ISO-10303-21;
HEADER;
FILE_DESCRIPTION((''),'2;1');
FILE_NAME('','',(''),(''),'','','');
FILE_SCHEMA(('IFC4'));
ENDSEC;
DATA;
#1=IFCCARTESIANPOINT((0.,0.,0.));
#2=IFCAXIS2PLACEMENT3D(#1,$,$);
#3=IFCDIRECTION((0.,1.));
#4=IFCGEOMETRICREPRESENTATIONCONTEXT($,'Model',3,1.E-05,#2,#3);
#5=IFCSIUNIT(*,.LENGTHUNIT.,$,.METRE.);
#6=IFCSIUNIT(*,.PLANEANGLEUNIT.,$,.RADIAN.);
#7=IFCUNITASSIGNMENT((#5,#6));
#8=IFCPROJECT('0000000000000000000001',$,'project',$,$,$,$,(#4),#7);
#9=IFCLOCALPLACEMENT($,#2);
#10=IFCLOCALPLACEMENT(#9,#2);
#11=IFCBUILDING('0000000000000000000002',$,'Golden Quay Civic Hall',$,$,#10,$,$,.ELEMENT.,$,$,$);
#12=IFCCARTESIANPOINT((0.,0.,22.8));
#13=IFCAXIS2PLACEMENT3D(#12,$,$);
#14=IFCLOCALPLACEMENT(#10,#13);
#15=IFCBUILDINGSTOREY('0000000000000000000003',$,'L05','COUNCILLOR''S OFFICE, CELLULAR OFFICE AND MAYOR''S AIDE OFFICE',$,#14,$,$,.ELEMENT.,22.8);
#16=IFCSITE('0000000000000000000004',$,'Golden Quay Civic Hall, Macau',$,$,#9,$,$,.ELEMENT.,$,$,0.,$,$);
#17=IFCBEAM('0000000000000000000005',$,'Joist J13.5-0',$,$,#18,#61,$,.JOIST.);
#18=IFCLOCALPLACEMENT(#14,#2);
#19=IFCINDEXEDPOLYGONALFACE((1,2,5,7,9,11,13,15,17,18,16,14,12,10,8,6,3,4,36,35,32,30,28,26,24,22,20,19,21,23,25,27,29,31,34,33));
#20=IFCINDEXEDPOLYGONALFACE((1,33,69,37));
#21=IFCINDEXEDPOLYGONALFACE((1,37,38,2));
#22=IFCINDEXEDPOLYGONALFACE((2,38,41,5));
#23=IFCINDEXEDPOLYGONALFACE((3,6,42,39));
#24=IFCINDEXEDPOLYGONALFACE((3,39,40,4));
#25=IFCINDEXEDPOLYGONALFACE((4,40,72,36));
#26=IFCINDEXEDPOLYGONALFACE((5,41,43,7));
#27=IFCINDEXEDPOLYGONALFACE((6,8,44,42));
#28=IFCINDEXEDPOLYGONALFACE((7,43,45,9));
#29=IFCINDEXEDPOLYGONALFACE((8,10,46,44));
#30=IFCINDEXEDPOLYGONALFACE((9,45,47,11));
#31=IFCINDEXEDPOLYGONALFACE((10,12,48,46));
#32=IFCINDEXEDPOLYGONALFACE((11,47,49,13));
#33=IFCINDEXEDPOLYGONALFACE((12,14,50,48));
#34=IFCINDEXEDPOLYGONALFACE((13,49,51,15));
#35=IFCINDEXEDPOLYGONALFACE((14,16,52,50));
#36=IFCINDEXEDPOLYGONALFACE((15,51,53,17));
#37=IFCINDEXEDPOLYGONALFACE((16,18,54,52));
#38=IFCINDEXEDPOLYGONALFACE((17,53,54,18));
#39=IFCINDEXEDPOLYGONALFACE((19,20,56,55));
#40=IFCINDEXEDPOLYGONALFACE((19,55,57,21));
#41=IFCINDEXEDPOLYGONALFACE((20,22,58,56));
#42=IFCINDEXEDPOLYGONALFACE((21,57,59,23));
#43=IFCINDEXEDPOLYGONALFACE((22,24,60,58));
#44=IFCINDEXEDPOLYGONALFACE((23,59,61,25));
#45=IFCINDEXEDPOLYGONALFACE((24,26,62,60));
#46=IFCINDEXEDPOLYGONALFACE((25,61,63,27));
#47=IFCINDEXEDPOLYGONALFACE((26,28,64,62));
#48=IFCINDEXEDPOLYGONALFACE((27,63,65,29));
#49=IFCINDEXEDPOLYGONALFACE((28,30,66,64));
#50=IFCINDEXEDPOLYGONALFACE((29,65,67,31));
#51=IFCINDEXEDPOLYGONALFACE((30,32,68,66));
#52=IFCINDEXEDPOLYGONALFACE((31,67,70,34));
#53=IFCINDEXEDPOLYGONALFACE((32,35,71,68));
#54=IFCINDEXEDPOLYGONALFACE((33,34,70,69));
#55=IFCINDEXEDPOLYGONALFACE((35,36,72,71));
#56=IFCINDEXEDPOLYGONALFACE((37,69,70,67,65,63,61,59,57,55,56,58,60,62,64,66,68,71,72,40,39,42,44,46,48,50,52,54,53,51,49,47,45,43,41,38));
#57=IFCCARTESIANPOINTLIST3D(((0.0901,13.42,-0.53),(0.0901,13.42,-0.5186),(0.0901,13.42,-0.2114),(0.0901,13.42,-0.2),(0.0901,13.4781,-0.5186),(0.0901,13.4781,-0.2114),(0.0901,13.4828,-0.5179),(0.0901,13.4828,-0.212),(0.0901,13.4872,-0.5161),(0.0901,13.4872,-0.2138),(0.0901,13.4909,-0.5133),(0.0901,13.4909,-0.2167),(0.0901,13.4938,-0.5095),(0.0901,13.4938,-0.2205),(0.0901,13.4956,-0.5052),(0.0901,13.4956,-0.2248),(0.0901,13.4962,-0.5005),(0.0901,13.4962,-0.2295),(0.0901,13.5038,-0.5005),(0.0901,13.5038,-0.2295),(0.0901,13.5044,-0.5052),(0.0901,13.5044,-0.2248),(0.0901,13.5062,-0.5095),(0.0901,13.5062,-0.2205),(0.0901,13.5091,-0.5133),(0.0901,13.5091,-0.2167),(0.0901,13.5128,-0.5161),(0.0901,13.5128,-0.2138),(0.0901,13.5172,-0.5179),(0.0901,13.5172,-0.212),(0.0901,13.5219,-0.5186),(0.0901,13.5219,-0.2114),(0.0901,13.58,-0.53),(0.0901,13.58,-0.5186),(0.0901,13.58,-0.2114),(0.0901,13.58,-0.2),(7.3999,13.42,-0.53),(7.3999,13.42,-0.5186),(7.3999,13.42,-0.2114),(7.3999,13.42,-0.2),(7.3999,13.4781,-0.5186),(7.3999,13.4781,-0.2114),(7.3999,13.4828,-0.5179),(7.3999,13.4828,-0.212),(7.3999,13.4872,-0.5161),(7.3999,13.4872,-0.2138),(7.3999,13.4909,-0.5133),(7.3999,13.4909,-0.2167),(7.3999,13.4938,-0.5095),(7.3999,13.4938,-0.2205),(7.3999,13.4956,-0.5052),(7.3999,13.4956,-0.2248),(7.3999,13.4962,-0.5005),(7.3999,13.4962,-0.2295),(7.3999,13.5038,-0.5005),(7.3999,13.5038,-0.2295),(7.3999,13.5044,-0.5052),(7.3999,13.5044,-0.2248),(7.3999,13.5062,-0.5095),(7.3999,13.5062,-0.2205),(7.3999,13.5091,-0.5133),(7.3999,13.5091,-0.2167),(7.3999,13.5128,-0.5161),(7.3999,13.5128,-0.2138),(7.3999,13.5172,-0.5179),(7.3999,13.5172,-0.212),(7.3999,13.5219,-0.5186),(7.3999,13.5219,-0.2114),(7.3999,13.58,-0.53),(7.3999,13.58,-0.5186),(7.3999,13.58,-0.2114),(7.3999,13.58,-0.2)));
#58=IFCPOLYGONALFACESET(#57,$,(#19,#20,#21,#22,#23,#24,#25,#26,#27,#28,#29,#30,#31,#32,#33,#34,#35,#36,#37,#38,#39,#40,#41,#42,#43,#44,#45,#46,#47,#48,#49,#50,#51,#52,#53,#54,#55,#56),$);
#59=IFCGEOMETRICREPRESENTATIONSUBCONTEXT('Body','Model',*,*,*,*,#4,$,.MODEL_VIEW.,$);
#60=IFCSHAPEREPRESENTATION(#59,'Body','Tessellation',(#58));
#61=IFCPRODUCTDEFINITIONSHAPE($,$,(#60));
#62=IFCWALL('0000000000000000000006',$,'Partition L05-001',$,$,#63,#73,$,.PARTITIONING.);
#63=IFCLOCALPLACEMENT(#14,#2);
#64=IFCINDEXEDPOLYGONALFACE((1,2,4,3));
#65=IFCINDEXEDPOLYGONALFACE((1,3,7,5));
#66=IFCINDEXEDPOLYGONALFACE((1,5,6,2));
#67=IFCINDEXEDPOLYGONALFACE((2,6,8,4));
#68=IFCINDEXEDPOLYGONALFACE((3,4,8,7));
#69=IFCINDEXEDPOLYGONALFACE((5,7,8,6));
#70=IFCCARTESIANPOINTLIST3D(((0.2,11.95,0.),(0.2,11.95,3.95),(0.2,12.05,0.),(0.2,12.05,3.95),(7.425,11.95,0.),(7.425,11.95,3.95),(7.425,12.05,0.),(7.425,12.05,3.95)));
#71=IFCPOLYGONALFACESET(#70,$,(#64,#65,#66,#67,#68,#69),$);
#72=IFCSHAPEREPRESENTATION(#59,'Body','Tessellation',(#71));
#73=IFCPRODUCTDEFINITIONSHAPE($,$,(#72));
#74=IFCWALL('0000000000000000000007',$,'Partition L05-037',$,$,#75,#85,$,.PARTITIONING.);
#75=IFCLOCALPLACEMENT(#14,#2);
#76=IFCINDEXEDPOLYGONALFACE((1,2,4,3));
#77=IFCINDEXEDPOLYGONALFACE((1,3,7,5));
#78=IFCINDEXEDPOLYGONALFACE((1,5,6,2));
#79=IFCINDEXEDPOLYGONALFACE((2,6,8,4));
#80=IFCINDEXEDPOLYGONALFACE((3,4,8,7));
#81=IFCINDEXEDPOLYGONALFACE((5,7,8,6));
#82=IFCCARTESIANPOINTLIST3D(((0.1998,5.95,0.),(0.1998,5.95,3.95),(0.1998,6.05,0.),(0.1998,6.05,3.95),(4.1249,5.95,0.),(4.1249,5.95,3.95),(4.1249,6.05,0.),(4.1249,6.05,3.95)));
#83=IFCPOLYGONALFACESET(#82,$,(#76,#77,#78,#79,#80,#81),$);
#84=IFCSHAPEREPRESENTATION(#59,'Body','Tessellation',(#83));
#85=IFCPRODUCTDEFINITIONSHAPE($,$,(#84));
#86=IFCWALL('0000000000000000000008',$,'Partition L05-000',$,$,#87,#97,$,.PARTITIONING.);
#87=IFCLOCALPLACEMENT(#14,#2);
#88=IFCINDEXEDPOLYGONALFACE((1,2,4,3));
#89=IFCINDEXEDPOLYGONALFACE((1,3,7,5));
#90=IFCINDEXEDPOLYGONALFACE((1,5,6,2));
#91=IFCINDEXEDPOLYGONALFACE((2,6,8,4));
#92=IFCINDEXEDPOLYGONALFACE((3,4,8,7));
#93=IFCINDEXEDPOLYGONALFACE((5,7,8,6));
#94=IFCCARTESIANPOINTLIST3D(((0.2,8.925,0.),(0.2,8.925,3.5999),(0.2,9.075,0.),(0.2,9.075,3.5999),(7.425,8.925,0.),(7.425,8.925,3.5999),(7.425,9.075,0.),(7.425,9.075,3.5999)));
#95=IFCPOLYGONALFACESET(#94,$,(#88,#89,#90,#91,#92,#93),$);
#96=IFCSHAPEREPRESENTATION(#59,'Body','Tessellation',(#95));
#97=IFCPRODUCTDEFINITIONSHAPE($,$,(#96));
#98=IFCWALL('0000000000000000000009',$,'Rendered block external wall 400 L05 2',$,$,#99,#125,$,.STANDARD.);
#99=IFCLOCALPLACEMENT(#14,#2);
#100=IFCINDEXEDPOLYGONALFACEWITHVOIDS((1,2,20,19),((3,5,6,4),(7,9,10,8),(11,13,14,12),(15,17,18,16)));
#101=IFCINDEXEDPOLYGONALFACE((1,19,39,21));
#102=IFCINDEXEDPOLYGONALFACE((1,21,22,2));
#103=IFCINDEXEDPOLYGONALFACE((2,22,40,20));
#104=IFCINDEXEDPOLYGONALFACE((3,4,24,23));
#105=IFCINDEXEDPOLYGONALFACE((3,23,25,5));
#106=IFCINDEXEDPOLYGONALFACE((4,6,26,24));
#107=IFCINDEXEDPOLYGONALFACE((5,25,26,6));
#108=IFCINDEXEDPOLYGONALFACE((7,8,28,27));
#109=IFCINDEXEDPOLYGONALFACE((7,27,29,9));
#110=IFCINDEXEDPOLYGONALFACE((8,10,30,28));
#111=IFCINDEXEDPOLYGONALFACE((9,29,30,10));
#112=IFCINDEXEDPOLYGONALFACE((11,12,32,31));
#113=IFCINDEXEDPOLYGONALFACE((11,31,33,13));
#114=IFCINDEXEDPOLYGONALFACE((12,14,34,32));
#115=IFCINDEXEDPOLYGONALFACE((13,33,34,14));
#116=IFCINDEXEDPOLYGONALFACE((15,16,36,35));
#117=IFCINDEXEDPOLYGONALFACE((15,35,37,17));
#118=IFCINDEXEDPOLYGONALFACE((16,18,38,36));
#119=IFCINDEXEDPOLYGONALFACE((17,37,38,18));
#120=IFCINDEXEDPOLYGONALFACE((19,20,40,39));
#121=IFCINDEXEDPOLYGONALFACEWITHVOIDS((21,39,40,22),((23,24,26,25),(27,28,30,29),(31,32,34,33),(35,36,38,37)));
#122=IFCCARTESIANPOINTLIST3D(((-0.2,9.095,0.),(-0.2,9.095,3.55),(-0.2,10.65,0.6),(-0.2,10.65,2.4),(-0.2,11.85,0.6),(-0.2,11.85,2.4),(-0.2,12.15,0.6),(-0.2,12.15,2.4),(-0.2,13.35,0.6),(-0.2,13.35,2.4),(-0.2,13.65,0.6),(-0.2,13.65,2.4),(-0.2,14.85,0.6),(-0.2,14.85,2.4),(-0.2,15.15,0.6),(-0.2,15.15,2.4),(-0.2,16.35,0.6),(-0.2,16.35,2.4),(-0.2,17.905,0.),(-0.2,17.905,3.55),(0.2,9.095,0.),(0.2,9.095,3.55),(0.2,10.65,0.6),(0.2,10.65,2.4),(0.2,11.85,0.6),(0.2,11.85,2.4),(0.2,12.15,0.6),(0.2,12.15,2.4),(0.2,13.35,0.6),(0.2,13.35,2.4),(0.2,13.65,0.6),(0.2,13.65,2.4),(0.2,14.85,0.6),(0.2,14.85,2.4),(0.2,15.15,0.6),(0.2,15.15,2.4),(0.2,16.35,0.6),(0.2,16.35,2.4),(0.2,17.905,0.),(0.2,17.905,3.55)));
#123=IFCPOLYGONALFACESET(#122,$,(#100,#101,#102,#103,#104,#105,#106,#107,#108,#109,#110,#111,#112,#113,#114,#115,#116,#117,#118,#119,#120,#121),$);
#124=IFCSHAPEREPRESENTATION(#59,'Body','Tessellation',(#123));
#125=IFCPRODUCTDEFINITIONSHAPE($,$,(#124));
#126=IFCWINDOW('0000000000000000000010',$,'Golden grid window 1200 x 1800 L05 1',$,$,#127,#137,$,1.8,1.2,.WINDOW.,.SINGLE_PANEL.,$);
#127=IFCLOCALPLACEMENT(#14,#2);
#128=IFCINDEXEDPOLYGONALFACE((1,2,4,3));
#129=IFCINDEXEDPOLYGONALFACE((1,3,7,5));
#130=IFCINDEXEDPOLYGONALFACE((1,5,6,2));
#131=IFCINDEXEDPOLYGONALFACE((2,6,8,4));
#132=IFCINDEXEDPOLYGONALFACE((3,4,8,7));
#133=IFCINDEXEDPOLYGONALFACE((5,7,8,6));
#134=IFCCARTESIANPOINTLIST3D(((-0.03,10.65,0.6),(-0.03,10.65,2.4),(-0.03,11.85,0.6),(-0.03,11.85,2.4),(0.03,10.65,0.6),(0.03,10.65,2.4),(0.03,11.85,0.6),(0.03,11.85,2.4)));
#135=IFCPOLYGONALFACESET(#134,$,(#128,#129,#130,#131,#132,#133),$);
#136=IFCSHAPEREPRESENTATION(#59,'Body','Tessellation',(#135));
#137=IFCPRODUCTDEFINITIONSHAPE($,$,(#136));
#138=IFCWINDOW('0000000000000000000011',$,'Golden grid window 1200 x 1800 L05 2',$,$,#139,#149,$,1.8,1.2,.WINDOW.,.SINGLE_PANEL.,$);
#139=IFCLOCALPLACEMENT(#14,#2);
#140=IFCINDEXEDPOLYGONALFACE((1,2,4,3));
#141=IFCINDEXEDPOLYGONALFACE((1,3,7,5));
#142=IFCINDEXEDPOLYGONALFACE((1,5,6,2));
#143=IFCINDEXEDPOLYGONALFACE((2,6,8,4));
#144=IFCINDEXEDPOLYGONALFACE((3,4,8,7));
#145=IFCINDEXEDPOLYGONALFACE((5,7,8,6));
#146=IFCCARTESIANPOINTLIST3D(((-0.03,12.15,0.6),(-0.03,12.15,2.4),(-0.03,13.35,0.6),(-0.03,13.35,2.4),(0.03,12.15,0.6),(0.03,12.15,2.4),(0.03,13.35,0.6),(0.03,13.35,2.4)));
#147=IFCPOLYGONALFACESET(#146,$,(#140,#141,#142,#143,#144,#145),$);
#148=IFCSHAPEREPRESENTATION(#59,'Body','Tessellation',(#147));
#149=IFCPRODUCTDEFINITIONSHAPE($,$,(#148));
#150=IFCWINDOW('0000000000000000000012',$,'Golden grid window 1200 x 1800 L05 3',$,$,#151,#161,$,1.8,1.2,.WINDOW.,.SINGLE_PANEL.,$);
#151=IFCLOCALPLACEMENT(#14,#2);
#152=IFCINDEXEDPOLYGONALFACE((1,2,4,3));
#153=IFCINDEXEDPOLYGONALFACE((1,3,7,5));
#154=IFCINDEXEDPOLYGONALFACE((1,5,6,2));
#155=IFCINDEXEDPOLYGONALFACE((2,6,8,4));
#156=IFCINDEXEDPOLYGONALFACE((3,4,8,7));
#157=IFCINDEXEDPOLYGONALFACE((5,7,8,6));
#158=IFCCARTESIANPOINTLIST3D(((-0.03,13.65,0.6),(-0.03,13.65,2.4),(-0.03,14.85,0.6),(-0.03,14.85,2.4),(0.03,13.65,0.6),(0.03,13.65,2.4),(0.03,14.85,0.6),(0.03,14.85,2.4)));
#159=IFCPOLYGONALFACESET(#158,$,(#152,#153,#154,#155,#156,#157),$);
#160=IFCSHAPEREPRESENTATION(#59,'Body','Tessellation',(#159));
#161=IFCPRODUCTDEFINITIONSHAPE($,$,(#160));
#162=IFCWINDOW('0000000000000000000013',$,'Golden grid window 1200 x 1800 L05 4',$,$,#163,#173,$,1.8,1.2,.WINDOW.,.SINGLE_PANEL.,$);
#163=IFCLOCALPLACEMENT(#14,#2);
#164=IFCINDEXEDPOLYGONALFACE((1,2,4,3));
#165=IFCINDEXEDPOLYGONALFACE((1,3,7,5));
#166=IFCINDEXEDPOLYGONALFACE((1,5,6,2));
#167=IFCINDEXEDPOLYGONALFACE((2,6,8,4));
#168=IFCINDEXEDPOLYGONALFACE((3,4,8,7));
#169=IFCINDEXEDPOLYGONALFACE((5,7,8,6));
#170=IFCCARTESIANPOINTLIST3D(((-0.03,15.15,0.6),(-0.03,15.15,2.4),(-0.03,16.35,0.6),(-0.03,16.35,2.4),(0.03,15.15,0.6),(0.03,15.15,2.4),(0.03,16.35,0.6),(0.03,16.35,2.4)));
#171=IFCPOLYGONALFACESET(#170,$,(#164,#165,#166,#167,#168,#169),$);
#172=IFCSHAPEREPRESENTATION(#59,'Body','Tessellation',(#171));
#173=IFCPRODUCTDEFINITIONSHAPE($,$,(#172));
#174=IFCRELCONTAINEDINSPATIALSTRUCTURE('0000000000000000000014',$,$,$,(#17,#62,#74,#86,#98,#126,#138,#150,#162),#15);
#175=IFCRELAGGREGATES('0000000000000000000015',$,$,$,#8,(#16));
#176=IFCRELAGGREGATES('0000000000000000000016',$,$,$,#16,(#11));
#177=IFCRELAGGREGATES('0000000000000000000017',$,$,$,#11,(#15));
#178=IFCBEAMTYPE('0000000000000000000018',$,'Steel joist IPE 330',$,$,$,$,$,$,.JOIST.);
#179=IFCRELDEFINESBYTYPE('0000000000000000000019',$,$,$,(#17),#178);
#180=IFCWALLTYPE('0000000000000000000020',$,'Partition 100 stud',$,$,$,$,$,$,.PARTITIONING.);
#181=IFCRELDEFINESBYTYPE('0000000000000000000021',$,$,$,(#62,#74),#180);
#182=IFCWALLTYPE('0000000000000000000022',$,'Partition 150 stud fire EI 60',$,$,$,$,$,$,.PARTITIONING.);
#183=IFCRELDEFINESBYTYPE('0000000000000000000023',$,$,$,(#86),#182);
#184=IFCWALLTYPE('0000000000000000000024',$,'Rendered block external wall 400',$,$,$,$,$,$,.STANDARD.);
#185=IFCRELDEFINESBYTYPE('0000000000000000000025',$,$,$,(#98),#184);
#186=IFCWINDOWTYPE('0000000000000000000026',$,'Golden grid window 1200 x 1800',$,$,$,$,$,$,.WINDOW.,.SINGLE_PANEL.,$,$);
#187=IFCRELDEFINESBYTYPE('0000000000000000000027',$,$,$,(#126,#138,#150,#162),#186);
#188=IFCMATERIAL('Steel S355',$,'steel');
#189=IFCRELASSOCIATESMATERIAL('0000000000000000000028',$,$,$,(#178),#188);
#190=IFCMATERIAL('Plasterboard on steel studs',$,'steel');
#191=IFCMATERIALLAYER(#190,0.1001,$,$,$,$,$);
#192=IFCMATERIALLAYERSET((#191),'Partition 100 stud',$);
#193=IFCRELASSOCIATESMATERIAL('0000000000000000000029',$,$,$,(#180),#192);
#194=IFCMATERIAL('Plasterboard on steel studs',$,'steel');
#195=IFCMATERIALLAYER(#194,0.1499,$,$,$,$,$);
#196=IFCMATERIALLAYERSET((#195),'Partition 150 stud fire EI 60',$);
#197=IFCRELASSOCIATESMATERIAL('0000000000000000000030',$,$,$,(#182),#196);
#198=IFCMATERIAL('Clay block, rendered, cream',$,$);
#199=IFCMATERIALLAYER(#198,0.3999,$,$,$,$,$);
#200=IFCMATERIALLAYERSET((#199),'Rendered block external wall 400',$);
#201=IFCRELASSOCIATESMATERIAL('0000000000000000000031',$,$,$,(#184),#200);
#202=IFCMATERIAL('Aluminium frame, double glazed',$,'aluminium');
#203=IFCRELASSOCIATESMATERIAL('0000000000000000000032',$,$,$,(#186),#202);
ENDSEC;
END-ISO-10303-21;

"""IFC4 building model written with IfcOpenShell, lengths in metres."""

from ifc_helpers import new_model, si_unit, direction, frame, frame_2d, origin, origin_2d, place, context, subcontext, project, spatial, rectangle, i_section, extrude, material, layer, layer_set, material_profile, profile_set, type_object, element, fill, save


model = new_model("IFC4")

# Units and contexts
model_context = context("Model", 3, precision=1e-05, world=origin(), true_north=direction((0.0, 1.0)))
body_context = subcontext(model_context, "Body", "Model", "MODEL_VIEW")
ifc_project = project(units=[si_unit("LENGTHUNIT", "METRE"), si_unit("PLANEANGLEUNIT", "RADIAN")], contexts=[model_context])

# Site, building, storey
site_placement = place(None, origin())
site = spatial("IfcSite", under=ifc_project, at=site_placement, Name="Golden Quay Civic Hall, Macau", CompositionType="ELEMENT", RefElevation=0.0)
building_placement = place(site_placement, origin())
building = spatial("IfcBuilding", under=site, at=building_placement, Name="Golden Quay Civic Hall", CompositionType="ELEMENT")
storey_placement = place(building_placement, frame((0.0, 0.0, 22.8)))
storey = spatial("IfcBuildingStorey", under=building, at=storey_placement, Name="L05", Description="COUNCILLOR'S OFFICE, CELLULAR OFFICE AND MAYOR'S AIDE OFFICE", CompositionType="ELEMENT", Elevation=22.8)

# Beam
ifc_material_1 = material(Name="Steel S355", Category="steel")
ifc_material_profile_1 = material_profile(ifc_material_1, i_section(OverallWidth=0.1599, OverallDepth=0.3301, WebThickness=0.0076, FlangeThickness=0.0115, FilletRadius=0.0181, at=origin_2d()), Name="IPE 330")
ifc_profile_set_1 = profile_set([ifc_material_profile_1], Name="Steel S355")
beam_type_1 = type_object("IfcBeamType", Name="Steel joist IPE 330", PredefinedType="JOIST", material=ifc_profile_set_1)
for number, where, z_axis, x_axis, name in (
    (1, (0.0901, 13.5, -0.365), (1.0, 0.0, 0.0), (0.0, 1.0, 0.0), "Joist J13.5-0"),
):
    element("IfcBeam", number, at=place(storey_placement, frame(where, z_axis=z_axis, x_axis=x_axis)), inside=storey, type_object=beam_type_1, Name=name, PredefinedType="JOIST", context=body_context, shape_type="SweptSolid", body=[
        extrude(i_section(OverallWidth=0.1599, OverallDepth=0.3301, WebThickness=0.0076, FlangeThickness=0.0115, FilletRadius=0.0181, at=origin_2d()), origin(), (0.0, 0.0, 1.0), 7.3098),
    ])

# Walls
ifc_material_2 = material(Name="Plasterboard on steel studs", Category="steel")
ifc_layer_1 = layer(ifc_material_2, 0.1001)
ifc_layer_set_1 = layer_set([ifc_layer_1], Name="Partition 100 stud")
wall_type_1 = type_object("IfcWallType", Name="Partition 100 stud", PredefinedType="PARTITIONING", material=ifc_layer_set_1)
wall_1_placement = place(storey_placement, frame((0.2, 12.0, 0.0), z_axis=(0.0, 0.0, 1.0), x_axis=(1.0, 0.0, 0.0)))
element("IfcWall", 2, at=wall_1_placement, inside=storey, type_object=wall_type_1, Name="Partition L05-001", PredefinedType="PARTITIONING", context=body_context, shape_type="SweptSolid", body=[
    extrude(rectangle(XDim=7.2251, YDim=0.1001, at=frame_2d((3.6125, 0.0))), origin(), (0.0, 0.0, 1.0), 3.95),
])
wall_2_placement = place(storey_placement, frame((0.2, 6.0, 0.0), z_axis=(0.0, 0.0, 1.0), x_axis=(1.0, 0.0, 0.0)))
element("IfcWall", 3, at=wall_2_placement, inside=storey, type_object=wall_type_1, Name="Partition L05-037", PredefinedType="PARTITIONING", context=body_context, shape_type="SweptSolid", body=[
    extrude(rectangle(XDim=3.925, YDim=0.1001, at=frame_2d((1.9624, 0.0))), origin(), (0.0, 0.0, 1.0), 3.95),
])
ifc_material_3 = material(Name="Plasterboard on steel studs", Category="steel")
ifc_layer_2 = layer(ifc_material_3, 0.1499)
ifc_layer_set_2 = layer_set([ifc_layer_2], Name="Partition 150 stud fire EI 60")
wall_type_2 = type_object("IfcWallType", Name="Partition 150 stud fire EI 60", PredefinedType="PARTITIONING", material=ifc_layer_set_2)
wall_3_placement = place(storey_placement, frame((0.2, 9.0, 0.0), z_axis=(0.0, 0.0, 1.0), x_axis=(1.0, 0.0, 0.0)))
element("IfcWall", 4, at=wall_3_placement, inside=storey, type_object=wall_type_2, Name="Partition L05-000", PredefinedType="PARTITIONING", context=body_context, shape_type="SweptSolid", body=[
    extrude(rectangle(XDim=7.2251, YDim=0.1499, at=frame_2d((3.6125, 0.0))), origin(), (0.0, 0.0, 1.0), 3.5999),
])

# Wall, openings, windows
ifc_material_4 = material(Name="Clay block, rendered, cream")
ifc_layer_3 = layer(ifc_material_4, 0.3999)
ifc_layer_set_3 = layer_set([ifc_layer_3], Name="Rendered block external wall 400")
wall_type_3 = type_object("IfcWallType", Name="Rendered block external wall 400", PredefinedType="STANDARD", material=ifc_layer_set_3)
wall_4_placement = place(storey_placement, frame((0.0, 9.095, 0.0), z_axis=(0.0, 0.0, 1.0), x_axis=(0.0, 1.0, 0.0)))
wall_4 = element("IfcWall", 5, at=wall_4_placement, inside=storey, type_object=wall_type_3, Name="Rendered block external wall 400 L05 2", PredefinedType="STANDARD", context=body_context, shape_type="SweptSolid", body=[
    extrude(rectangle(XDim=8.8101, YDim=0.3999, at=frame_2d((4.405, 0.0))), origin(), (0.0, 0.0, 1.0), 3.55),
])
opening_1_placement = place(wall_4_placement, frame((1.5549, 0.0, 0.6001)))
opening_1 = element("IfcOpeningElement", 6, at=opening_1_placement, cuts=wall_4, PredefinedType="OPENING", context=body_context, shape_type="SweptSolid", body=[
    extrude(rectangle(XDim=1.2, YDim=1.8, at=frame_2d((0.6001, 0.8999))), frame((0.0, 0.21, 0.0), z_axis=(0.0, -1.0, 0.0), x_axis=(1.0, 0.0, 0.0)), (0.0, 0.0, 1.0), 0.4199),
])
opening_2_placement = place(wall_4_placement, frame((3.0549, 0.0, 0.6001)))
opening_2 = element("IfcOpeningElement", 7, at=opening_2_placement, cuts=wall_4, PredefinedType="OPENING", context=body_context, shape_type="SweptSolid", body=[
    extrude(rectangle(XDim=1.2, YDim=1.8, at=frame_2d((0.6001, 0.8999))), frame((0.0, 0.21, 0.0), z_axis=(0.0, -1.0, 0.0), x_axis=(1.0, 0.0, 0.0)), (0.0, 0.0, 1.0), 0.4199),
])
opening_3_placement = place(wall_4_placement, frame((4.5549, 0.0, 0.6001)))
opening_3 = element("IfcOpeningElement", 8, at=opening_3_placement, cuts=wall_4, PredefinedType="OPENING", context=body_context, shape_type="SweptSolid", body=[
    extrude(rectangle(XDim=1.2, YDim=1.8, at=frame_2d((0.6001, 0.8999))), frame((0.0, 0.21, 0.0), z_axis=(0.0, -1.0, 0.0), x_axis=(1.0, 0.0, 0.0)), (0.0, 0.0, 1.0), 0.4199),
])
opening_4_placement = place(wall_4_placement, frame((6.0549, 0.0, 0.6001)))
opening_4 = element("IfcOpeningElement", 9, at=opening_4_placement, cuts=wall_4, PredefinedType="OPENING", context=body_context, shape_type="SweptSolid", body=[
    extrude(rectangle(XDim=1.2, YDim=1.8, at=frame_2d((0.6001, 0.8999))), frame((0.0, 0.21, 0.0), z_axis=(0.0, -1.0, 0.0), x_axis=(1.0, 0.0, 0.0)), (0.0, 0.0, 1.0), 0.4199),
])
ifc_material_5 = material(Name="Aluminium frame, double glazed", Category="aluminium")
window_type = type_object("IfcWindowType", Name="Golden grid window 1200 x 1800", PartitioningType="SINGLE_PANEL", PredefinedType="WINDOW", material=ifc_material_5)
window_1_placement = place(opening_1_placement, origin())
window_1 = element("IfcWindow", 10, at=window_1_placement, inside=storey, type_object=window_type, Name="Golden grid window 1200 x 1800 L05 1", OverallHeight=1.8, OverallWidth=1.2, PartitioningType="SINGLE_PANEL", PredefinedType="WINDOW", context=body_context, shape_type="SweptSolid", body=[
    extrude(rectangle(XDim=1.2, YDim=1.8, at=frame_2d((0.6001, 0.8999))), frame((0.0, 0.03, 0.0), z_axis=(0.0, -1.0, 0.0), x_axis=(1.0, 0.0, 0.0)), (0.0, 0.0, 1.0), 0.0601),
])
fill(opening_1, window_1)
window_2_placement = place(opening_2_placement, origin())
window_2 = element("IfcWindow", 11, at=window_2_placement, inside=storey, type_object=window_type, Name="Golden grid window 1200 x 1800 L05 2", OverallHeight=1.8, OverallWidth=1.2, PartitioningType="SINGLE_PANEL", PredefinedType="WINDOW", context=body_context, shape_type="SweptSolid", body=[
    extrude(rectangle(XDim=1.2, YDim=1.8, at=frame_2d((0.6001, 0.8999))), frame((0.0, 0.03, 0.0), z_axis=(0.0, -1.0, 0.0), x_axis=(1.0, 0.0, 0.0)), (0.0, 0.0, 1.0), 0.0601),
])
fill(opening_2, window_2)
window_3_placement = place(opening_3_placement, origin())
window_3 = element("IfcWindow", 12, at=window_3_placement, inside=storey, type_object=window_type, Name="Golden grid window 1200 x 1800 L05 3", OverallHeight=1.8, OverallWidth=1.2, PartitioningType="SINGLE_PANEL", PredefinedType="WINDOW", context=body_context, shape_type="SweptSolid", body=[
    extrude(rectangle(XDim=1.2, YDim=1.8, at=frame_2d((0.6001, 0.8999))), frame((0.0, 0.03, 0.0), z_axis=(0.0, -1.0, 0.0), x_axis=(1.0, 0.0, 0.0)), (0.0, 0.0, 1.0), 0.0601),
])
fill(opening_3, window_3)
window_4_placement = place(opening_4_placement, origin())
window_4 = element("IfcWindow", 13, at=window_4_placement, inside=storey, type_object=window_type, Name="Golden grid window 1200 x 1800 L05 4", OverallHeight=1.8, OverallWidth=1.2, PartitioningType="SINGLE_PANEL", PredefinedType="WINDOW", context=body_context, shape_type="SweptSolid", body=[
    extrude(rectangle(XDim=1.2, YDim=1.8, at=frame_2d((0.6001, 0.8999))), frame((0.0, 0.03, 0.0), z_axis=(0.0, -1.0, 0.0), x_axis=(1.0, 0.0, 0.0)), (0.0, 0.0, 1.0), 0.0601),
])
fill(opening_4, window_4)

save(model, "model.ifc")
